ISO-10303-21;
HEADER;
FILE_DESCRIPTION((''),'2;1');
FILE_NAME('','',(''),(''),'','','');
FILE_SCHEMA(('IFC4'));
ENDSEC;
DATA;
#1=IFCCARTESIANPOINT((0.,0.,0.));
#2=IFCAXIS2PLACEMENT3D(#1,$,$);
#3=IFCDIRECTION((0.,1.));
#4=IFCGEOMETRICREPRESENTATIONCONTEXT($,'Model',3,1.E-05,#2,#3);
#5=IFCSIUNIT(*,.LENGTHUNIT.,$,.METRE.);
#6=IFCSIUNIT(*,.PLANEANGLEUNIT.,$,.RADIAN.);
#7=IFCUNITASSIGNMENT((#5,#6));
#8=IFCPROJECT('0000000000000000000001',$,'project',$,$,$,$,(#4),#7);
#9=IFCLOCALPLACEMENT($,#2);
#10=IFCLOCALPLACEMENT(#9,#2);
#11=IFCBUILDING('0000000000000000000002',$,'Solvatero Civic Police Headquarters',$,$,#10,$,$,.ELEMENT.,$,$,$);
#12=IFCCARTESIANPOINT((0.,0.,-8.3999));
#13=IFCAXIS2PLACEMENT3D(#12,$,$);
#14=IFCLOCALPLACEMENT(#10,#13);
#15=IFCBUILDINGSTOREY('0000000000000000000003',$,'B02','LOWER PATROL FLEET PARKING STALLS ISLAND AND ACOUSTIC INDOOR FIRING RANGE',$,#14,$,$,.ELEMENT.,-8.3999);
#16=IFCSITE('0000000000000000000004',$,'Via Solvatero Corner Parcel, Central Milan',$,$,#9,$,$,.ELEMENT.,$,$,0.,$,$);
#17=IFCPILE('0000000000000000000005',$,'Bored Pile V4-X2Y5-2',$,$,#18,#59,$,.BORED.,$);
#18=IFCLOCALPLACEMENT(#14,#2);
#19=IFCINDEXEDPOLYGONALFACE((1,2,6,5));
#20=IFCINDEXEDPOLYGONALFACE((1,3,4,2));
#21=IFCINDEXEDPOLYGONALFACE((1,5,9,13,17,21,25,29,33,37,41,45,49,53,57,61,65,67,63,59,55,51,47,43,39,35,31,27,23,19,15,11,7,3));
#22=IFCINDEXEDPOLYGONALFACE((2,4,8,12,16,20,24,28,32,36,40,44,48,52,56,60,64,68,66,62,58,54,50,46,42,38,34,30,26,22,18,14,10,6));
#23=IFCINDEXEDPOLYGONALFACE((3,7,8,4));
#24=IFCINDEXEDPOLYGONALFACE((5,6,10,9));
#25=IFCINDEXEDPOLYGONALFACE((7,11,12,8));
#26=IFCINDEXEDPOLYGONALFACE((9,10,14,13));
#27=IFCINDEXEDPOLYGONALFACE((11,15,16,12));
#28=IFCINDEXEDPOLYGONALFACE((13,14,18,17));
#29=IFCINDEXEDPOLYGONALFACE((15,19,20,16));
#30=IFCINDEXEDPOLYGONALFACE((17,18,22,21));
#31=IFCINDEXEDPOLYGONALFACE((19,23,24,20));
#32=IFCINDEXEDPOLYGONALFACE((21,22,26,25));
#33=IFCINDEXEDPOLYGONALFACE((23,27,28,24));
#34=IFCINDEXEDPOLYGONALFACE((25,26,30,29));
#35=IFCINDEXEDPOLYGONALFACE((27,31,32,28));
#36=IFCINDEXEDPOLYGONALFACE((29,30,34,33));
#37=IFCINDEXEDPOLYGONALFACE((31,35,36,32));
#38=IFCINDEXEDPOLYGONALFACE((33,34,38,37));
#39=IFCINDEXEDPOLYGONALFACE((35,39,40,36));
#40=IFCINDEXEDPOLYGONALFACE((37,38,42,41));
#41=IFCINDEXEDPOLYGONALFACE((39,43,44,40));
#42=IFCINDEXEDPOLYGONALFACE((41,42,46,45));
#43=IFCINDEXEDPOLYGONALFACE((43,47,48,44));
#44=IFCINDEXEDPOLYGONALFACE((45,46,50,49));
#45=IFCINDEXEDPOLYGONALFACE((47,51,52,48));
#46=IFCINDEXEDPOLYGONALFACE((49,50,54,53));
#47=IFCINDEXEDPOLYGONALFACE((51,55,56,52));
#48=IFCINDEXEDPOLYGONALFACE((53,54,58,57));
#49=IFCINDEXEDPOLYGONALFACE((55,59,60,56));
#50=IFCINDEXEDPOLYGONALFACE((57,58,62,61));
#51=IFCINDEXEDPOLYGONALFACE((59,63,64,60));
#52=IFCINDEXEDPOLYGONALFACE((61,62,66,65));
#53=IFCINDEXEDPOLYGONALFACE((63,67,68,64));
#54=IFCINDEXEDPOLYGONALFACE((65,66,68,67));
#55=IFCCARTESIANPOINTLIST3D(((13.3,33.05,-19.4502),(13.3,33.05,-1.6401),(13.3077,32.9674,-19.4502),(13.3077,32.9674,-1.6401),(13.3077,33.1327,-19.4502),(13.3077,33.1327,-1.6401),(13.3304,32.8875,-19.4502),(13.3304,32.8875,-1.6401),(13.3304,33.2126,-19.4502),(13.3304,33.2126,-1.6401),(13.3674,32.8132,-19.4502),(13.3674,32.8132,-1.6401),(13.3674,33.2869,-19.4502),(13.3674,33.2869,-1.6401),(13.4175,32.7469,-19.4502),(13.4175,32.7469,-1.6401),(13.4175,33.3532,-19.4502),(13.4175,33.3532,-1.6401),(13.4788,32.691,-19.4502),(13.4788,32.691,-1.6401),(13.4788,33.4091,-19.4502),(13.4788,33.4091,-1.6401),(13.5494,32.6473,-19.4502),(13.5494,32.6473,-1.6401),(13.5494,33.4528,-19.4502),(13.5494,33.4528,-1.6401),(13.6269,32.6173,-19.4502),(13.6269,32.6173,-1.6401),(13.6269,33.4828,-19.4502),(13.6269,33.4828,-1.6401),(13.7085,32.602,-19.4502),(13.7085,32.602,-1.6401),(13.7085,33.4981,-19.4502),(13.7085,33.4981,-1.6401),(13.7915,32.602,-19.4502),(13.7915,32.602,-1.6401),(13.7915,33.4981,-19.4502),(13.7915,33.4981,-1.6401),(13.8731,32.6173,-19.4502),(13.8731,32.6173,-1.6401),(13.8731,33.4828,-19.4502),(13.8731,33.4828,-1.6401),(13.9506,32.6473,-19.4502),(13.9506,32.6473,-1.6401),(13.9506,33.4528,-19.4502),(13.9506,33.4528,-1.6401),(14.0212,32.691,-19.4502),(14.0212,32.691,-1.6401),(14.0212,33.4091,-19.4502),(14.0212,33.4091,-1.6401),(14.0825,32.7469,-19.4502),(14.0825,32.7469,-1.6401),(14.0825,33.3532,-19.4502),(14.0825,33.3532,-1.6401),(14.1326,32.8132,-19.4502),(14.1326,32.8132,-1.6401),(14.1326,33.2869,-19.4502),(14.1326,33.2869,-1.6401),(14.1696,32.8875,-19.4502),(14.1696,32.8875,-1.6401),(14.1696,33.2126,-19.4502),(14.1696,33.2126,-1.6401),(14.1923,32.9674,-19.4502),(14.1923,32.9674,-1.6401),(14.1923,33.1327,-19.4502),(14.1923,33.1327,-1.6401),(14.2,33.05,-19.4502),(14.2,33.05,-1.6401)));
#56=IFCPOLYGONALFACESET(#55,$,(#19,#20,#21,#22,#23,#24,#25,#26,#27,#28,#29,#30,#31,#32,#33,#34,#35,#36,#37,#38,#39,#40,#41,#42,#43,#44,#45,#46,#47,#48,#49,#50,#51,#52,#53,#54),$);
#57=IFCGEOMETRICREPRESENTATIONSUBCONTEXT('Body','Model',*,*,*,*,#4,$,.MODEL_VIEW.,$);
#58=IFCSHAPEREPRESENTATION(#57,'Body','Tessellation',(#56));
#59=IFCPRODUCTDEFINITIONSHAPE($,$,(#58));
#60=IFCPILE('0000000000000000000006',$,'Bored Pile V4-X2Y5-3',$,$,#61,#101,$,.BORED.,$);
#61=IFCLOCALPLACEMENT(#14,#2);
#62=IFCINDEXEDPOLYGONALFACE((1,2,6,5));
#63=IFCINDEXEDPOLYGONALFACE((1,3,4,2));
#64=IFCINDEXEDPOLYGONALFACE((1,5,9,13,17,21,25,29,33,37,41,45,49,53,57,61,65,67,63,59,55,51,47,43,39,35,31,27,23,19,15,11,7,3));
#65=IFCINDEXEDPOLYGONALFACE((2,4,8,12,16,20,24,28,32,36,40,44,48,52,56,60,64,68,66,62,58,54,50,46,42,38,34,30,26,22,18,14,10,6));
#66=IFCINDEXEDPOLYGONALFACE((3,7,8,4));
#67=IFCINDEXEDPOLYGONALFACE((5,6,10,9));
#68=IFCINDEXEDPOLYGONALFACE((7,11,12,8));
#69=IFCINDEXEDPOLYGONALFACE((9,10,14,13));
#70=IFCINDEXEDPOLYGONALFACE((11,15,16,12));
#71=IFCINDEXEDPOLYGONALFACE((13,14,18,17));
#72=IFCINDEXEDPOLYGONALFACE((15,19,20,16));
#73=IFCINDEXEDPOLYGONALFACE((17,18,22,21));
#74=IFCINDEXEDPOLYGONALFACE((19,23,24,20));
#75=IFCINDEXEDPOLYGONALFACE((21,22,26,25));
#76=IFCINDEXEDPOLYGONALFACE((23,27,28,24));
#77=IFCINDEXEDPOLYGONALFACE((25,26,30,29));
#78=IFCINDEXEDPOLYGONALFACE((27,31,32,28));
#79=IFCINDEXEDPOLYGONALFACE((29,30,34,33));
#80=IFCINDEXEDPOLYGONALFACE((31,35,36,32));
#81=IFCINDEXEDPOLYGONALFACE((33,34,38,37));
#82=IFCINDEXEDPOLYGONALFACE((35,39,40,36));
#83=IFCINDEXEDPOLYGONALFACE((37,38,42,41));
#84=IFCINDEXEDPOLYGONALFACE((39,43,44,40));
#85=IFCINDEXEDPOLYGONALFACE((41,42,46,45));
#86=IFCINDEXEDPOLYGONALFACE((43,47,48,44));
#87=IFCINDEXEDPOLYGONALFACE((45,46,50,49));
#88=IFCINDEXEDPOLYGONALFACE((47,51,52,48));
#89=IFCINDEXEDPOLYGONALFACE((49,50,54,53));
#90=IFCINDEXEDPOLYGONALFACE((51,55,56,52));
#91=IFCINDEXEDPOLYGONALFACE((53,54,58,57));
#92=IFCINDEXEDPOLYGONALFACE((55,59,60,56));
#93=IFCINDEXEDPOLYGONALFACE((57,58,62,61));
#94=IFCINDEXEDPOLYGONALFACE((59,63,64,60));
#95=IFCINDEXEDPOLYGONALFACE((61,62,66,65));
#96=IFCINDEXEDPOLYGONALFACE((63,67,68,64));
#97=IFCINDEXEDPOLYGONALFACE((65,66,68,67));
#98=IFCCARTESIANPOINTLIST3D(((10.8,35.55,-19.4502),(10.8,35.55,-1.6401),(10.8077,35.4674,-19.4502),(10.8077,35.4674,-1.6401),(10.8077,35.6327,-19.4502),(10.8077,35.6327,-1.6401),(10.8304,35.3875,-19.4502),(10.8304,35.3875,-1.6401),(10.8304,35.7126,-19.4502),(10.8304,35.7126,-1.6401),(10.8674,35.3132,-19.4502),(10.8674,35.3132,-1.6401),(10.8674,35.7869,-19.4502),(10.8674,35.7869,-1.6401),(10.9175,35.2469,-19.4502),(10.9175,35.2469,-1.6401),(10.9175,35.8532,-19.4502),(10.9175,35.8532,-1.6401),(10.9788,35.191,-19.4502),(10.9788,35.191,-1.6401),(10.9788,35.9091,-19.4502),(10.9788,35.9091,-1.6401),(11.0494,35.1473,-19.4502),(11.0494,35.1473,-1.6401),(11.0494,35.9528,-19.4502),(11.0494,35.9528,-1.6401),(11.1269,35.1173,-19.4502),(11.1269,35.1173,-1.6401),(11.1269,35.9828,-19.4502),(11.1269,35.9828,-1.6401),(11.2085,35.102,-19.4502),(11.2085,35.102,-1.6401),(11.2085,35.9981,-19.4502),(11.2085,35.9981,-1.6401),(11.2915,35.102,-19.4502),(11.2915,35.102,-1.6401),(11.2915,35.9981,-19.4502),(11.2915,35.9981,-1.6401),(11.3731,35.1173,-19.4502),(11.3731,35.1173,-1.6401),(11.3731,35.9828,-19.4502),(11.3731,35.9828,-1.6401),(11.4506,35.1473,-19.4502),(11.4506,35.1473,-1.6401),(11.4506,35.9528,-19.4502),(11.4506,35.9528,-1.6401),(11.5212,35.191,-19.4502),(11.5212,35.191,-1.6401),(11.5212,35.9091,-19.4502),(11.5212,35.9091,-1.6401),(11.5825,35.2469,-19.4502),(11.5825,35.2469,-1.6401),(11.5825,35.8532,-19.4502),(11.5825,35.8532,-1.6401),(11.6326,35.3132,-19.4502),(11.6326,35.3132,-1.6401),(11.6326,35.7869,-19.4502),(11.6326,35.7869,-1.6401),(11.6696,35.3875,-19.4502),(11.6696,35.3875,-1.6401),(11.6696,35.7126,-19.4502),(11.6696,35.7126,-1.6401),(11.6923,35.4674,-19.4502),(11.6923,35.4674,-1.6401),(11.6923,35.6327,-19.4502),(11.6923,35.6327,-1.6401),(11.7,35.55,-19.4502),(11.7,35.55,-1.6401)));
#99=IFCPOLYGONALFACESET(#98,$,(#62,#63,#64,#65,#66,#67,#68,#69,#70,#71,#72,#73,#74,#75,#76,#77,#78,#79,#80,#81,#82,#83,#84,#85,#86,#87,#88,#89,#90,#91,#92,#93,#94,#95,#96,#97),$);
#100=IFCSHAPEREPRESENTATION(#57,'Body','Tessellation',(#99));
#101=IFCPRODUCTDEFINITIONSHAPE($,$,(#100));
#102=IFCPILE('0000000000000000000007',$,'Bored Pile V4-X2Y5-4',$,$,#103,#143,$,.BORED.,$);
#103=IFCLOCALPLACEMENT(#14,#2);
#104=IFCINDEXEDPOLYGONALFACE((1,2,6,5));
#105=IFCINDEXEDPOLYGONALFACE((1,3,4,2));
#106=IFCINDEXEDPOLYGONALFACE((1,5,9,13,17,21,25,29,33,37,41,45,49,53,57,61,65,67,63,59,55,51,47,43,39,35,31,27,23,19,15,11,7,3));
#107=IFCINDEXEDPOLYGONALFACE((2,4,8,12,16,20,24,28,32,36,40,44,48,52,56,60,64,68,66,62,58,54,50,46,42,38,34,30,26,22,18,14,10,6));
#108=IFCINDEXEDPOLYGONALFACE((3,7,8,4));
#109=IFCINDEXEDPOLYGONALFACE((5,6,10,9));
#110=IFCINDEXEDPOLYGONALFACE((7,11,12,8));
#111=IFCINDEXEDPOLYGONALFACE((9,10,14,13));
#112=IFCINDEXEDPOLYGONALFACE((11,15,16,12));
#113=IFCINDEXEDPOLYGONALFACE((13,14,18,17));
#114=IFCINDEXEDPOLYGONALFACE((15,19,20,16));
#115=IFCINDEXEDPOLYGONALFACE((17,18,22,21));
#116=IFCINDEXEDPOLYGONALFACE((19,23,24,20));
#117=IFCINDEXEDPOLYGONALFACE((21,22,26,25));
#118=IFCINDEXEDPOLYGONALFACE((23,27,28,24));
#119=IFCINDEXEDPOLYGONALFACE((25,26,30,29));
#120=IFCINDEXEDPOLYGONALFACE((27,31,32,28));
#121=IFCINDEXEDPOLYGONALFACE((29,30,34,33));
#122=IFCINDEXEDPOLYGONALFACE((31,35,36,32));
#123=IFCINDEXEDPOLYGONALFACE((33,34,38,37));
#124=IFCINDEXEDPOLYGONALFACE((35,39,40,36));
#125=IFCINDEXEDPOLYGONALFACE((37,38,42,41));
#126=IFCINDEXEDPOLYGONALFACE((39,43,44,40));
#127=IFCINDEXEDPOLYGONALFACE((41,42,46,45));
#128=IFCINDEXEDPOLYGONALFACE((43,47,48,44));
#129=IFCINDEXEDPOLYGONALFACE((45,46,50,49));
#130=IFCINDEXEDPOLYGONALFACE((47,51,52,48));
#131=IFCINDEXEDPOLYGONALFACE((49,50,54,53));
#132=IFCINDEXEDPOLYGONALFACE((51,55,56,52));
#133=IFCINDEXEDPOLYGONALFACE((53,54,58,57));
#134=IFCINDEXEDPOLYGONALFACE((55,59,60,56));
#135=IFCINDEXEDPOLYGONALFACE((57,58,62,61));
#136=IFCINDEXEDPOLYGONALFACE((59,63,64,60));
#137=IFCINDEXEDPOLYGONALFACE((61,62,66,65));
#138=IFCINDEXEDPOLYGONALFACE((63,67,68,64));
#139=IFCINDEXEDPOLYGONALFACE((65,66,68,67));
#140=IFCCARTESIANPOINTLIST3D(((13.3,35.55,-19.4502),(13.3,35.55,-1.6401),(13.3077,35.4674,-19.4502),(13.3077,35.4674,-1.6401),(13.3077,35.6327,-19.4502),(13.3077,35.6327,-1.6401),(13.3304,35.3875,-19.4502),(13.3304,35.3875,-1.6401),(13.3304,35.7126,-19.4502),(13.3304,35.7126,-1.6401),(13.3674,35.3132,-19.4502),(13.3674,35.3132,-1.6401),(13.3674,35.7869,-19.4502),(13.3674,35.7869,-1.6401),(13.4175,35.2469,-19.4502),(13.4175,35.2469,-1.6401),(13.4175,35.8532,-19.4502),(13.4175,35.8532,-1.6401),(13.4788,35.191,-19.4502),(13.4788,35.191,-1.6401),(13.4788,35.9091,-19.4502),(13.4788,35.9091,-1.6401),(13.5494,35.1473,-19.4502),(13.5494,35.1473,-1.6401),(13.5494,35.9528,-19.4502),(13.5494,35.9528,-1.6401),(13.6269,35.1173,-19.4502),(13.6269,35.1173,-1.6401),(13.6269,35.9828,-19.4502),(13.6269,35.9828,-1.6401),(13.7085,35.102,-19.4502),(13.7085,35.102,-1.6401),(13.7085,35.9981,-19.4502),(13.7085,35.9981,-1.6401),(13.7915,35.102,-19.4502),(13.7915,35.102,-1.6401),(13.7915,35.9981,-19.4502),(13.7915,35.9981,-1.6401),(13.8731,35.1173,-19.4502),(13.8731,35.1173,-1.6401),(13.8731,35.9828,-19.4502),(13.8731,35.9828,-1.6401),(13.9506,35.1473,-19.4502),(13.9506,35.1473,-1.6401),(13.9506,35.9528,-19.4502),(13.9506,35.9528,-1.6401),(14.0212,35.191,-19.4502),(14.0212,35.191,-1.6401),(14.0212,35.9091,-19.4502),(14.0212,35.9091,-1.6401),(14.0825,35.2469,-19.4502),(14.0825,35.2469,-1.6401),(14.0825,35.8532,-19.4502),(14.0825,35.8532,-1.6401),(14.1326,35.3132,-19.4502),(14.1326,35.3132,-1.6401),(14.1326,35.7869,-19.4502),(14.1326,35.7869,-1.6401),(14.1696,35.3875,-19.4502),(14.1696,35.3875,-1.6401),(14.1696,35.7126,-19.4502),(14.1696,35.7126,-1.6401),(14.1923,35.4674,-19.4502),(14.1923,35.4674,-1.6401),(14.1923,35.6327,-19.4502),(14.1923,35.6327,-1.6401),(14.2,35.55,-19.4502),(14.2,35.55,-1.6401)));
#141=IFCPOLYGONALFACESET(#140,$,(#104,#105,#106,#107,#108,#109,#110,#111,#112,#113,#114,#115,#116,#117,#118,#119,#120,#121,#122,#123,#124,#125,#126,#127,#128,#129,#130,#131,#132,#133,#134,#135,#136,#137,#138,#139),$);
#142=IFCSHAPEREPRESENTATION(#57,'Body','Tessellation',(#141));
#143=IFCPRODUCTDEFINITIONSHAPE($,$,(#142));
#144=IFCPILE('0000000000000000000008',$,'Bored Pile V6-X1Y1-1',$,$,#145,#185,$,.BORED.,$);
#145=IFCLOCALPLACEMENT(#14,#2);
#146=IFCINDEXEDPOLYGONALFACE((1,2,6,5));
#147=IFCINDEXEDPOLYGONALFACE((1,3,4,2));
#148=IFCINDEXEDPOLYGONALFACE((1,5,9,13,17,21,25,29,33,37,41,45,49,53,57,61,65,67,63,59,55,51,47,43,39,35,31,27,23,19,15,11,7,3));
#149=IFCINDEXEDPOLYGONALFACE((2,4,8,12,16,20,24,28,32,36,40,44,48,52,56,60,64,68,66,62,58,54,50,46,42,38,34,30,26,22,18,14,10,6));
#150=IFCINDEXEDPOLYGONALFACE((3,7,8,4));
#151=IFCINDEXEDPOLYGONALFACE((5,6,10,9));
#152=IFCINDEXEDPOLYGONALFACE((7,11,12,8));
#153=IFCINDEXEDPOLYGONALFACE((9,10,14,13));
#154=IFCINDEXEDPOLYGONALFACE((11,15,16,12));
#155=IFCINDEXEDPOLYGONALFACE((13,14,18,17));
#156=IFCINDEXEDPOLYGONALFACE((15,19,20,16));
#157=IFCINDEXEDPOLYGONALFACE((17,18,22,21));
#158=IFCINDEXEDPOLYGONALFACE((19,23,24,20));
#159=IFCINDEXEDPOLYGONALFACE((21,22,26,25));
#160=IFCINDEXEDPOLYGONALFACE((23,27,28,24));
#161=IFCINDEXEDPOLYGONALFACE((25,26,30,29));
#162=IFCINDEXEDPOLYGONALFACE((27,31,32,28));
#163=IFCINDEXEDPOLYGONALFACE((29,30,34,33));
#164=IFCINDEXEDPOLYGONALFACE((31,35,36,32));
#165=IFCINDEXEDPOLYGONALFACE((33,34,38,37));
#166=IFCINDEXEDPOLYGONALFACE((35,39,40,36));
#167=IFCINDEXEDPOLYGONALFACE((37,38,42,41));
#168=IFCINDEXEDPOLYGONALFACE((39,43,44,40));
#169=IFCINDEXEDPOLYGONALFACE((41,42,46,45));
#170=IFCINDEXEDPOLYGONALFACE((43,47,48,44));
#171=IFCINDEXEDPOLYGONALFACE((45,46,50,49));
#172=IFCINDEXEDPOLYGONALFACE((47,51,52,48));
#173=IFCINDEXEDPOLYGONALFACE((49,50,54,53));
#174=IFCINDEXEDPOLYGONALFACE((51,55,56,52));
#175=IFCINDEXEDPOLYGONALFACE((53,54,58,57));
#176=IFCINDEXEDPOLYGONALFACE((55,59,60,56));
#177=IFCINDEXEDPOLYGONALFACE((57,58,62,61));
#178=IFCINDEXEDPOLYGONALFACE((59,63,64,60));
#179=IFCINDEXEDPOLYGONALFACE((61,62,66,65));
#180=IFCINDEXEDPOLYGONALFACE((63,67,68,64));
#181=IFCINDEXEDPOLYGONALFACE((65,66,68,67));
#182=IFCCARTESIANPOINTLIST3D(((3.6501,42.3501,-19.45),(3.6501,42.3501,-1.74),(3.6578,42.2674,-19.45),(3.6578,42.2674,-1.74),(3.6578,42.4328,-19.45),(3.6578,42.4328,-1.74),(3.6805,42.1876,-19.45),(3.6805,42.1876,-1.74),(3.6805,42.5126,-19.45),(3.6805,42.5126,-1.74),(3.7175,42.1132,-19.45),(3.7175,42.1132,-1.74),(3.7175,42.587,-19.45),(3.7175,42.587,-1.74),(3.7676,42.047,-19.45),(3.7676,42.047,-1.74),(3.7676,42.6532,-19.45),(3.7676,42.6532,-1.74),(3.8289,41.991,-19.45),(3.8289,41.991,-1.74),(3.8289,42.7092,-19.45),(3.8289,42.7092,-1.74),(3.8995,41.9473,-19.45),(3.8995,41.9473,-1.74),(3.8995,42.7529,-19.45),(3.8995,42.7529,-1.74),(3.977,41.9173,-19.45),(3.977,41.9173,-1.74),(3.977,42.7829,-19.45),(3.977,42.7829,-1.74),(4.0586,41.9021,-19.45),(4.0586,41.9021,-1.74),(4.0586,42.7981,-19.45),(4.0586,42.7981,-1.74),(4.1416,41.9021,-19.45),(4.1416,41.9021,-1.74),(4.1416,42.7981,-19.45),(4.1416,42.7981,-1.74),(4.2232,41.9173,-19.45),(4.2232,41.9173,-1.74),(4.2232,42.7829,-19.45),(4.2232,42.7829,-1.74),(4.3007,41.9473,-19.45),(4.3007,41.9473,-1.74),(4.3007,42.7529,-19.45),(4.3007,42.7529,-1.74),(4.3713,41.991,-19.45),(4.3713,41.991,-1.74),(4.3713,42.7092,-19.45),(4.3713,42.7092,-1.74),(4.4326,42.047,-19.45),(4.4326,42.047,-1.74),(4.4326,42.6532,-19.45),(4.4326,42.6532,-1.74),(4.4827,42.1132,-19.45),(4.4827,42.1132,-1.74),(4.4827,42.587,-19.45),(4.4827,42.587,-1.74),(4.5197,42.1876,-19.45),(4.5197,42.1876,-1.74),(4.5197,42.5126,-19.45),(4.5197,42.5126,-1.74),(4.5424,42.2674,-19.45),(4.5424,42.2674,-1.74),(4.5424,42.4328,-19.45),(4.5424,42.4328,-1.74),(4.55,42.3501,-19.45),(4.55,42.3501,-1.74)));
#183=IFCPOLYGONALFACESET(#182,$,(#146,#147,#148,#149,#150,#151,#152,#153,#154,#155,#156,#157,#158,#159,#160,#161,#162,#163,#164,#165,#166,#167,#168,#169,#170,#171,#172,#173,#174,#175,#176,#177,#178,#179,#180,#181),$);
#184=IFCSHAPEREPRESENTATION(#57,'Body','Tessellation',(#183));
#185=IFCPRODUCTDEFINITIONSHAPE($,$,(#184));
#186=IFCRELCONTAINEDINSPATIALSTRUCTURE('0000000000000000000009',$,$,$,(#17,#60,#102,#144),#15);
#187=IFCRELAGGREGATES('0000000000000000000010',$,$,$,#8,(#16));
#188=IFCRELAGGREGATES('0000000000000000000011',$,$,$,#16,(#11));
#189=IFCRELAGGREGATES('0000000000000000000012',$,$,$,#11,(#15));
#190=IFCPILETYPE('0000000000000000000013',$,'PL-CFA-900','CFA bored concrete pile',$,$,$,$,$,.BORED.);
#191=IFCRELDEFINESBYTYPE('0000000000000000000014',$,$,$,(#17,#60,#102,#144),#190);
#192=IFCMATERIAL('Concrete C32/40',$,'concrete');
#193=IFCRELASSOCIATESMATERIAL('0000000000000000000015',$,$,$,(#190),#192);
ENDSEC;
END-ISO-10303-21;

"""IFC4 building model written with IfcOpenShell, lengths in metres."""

from ifc_helpers import new_model, si_unit, direction, frame, origin, origin_2d, place, context, subcontext, project, spatial, circle, extrude, material, material_profile, profile_set, type_object, element, save


model = new_model("IFC4")

# Units and contexts
model_context = context("Model", 3, precision=1e-05, world=origin(), true_north=direction((0.0, 1.0)))
body_context = subcontext(model_context, "Body", "Model", "MODEL_VIEW")
ifc_project = project(units=[si_unit("LENGTHUNIT", "METRE"), si_unit("PLANEANGLEUNIT", "RADIAN")], contexts=[model_context])

# Site, building, storey
site_placement = place(None, origin())
site = spatial("IfcSite", under=ifc_project, at=site_placement, Name="Via Solvatero Corner Parcel, Central Milan", CompositionType="ELEMENT", RefElevation=0.0)
building_placement = place(site_placement, origin())
building = spatial("IfcBuilding", under=site, at=building_placement, Name="Solvatero Civic Police Headquarters", CompositionType="ELEMENT")
storey_placement = place(building_placement, frame((0.0, 0.0, -8.3999)))
storey = spatial("IfcBuildingStorey", under=building, at=storey_placement, Name="B02", Description="LOWER PATROL FLEET PARKING STALLS ISLAND AND ACOUSTIC INDOOR FIRING RANGE", CompositionType="ELEMENT", Elevation=-8.3999)

# Piles
ifc_material_1 = material(Name="Concrete C32/40", Category="concrete")
ifc_material_profile_1 = material_profile(ifc_material_1, circle(Radius=0.45, at=origin_2d()), Name="CFA PILE D900")
ifc_profile_set_1 = profile_set([ifc_material_profile_1], Name="Concrete C32/40")
pile_type_1 = type_object("IfcPileType", Name="PL-CFA-900", Description="CFA bored concrete pile", PredefinedType="BORED", material=ifc_profile_set_1)
for number, where, z_axis, x_axis, name in (
    (1, (13.75, 33.05, -1.6401), (0.0, 0.0, -1.0), (1.0, 0.0, 0.0), "Bored Pile V4-X2Y5-2"),
    (2, (11.25, 35.55, -1.6401), (0.0, 0.0, -1.0), (1.0, 0.0, 0.0), "Bored Pile V4-X2Y5-3"),
    (3, (13.75, 35.55, -1.6401), (0.0, 0.0, -1.0), (1.0, 0.0, 0.0), "Bored Pile V4-X2Y5-4"),
):
    element("IfcPile", number, at=place(storey_placement, frame(where, z_axis=z_axis, x_axis=x_axis)), inside=storey, type_object=pile_type_1, Name=name, PredefinedType="BORED", context=body_context, shape_type="SweptSolid", body=[
        extrude(circle(Radius=0.45, at=origin_2d()), origin(), (0.0, 0.0, 1.0), 17.8101),
    ])
for number, where, z_axis, x_axis, name in (
    (4, (4.1001, 42.3501, -1.74), (0.0, 0.0, -1.0), (1.0, 0.0, 0.0), "Bored Pile V6-X1Y1-1"),
):
    element("IfcPile", number, at=place(storey_placement, frame(where, z_axis=z_axis, x_axis=x_axis)), inside=storey, type_object=pile_type_1, Name=name, PredefinedType="BORED", context=body_context, shape_type="SweptSolid", body=[
        extrude(circle(Radius=0.45, at=origin_2d()), origin(), (0.0, 0.0, 1.0), 17.71),
    ])

save(model, "model.ifc")
